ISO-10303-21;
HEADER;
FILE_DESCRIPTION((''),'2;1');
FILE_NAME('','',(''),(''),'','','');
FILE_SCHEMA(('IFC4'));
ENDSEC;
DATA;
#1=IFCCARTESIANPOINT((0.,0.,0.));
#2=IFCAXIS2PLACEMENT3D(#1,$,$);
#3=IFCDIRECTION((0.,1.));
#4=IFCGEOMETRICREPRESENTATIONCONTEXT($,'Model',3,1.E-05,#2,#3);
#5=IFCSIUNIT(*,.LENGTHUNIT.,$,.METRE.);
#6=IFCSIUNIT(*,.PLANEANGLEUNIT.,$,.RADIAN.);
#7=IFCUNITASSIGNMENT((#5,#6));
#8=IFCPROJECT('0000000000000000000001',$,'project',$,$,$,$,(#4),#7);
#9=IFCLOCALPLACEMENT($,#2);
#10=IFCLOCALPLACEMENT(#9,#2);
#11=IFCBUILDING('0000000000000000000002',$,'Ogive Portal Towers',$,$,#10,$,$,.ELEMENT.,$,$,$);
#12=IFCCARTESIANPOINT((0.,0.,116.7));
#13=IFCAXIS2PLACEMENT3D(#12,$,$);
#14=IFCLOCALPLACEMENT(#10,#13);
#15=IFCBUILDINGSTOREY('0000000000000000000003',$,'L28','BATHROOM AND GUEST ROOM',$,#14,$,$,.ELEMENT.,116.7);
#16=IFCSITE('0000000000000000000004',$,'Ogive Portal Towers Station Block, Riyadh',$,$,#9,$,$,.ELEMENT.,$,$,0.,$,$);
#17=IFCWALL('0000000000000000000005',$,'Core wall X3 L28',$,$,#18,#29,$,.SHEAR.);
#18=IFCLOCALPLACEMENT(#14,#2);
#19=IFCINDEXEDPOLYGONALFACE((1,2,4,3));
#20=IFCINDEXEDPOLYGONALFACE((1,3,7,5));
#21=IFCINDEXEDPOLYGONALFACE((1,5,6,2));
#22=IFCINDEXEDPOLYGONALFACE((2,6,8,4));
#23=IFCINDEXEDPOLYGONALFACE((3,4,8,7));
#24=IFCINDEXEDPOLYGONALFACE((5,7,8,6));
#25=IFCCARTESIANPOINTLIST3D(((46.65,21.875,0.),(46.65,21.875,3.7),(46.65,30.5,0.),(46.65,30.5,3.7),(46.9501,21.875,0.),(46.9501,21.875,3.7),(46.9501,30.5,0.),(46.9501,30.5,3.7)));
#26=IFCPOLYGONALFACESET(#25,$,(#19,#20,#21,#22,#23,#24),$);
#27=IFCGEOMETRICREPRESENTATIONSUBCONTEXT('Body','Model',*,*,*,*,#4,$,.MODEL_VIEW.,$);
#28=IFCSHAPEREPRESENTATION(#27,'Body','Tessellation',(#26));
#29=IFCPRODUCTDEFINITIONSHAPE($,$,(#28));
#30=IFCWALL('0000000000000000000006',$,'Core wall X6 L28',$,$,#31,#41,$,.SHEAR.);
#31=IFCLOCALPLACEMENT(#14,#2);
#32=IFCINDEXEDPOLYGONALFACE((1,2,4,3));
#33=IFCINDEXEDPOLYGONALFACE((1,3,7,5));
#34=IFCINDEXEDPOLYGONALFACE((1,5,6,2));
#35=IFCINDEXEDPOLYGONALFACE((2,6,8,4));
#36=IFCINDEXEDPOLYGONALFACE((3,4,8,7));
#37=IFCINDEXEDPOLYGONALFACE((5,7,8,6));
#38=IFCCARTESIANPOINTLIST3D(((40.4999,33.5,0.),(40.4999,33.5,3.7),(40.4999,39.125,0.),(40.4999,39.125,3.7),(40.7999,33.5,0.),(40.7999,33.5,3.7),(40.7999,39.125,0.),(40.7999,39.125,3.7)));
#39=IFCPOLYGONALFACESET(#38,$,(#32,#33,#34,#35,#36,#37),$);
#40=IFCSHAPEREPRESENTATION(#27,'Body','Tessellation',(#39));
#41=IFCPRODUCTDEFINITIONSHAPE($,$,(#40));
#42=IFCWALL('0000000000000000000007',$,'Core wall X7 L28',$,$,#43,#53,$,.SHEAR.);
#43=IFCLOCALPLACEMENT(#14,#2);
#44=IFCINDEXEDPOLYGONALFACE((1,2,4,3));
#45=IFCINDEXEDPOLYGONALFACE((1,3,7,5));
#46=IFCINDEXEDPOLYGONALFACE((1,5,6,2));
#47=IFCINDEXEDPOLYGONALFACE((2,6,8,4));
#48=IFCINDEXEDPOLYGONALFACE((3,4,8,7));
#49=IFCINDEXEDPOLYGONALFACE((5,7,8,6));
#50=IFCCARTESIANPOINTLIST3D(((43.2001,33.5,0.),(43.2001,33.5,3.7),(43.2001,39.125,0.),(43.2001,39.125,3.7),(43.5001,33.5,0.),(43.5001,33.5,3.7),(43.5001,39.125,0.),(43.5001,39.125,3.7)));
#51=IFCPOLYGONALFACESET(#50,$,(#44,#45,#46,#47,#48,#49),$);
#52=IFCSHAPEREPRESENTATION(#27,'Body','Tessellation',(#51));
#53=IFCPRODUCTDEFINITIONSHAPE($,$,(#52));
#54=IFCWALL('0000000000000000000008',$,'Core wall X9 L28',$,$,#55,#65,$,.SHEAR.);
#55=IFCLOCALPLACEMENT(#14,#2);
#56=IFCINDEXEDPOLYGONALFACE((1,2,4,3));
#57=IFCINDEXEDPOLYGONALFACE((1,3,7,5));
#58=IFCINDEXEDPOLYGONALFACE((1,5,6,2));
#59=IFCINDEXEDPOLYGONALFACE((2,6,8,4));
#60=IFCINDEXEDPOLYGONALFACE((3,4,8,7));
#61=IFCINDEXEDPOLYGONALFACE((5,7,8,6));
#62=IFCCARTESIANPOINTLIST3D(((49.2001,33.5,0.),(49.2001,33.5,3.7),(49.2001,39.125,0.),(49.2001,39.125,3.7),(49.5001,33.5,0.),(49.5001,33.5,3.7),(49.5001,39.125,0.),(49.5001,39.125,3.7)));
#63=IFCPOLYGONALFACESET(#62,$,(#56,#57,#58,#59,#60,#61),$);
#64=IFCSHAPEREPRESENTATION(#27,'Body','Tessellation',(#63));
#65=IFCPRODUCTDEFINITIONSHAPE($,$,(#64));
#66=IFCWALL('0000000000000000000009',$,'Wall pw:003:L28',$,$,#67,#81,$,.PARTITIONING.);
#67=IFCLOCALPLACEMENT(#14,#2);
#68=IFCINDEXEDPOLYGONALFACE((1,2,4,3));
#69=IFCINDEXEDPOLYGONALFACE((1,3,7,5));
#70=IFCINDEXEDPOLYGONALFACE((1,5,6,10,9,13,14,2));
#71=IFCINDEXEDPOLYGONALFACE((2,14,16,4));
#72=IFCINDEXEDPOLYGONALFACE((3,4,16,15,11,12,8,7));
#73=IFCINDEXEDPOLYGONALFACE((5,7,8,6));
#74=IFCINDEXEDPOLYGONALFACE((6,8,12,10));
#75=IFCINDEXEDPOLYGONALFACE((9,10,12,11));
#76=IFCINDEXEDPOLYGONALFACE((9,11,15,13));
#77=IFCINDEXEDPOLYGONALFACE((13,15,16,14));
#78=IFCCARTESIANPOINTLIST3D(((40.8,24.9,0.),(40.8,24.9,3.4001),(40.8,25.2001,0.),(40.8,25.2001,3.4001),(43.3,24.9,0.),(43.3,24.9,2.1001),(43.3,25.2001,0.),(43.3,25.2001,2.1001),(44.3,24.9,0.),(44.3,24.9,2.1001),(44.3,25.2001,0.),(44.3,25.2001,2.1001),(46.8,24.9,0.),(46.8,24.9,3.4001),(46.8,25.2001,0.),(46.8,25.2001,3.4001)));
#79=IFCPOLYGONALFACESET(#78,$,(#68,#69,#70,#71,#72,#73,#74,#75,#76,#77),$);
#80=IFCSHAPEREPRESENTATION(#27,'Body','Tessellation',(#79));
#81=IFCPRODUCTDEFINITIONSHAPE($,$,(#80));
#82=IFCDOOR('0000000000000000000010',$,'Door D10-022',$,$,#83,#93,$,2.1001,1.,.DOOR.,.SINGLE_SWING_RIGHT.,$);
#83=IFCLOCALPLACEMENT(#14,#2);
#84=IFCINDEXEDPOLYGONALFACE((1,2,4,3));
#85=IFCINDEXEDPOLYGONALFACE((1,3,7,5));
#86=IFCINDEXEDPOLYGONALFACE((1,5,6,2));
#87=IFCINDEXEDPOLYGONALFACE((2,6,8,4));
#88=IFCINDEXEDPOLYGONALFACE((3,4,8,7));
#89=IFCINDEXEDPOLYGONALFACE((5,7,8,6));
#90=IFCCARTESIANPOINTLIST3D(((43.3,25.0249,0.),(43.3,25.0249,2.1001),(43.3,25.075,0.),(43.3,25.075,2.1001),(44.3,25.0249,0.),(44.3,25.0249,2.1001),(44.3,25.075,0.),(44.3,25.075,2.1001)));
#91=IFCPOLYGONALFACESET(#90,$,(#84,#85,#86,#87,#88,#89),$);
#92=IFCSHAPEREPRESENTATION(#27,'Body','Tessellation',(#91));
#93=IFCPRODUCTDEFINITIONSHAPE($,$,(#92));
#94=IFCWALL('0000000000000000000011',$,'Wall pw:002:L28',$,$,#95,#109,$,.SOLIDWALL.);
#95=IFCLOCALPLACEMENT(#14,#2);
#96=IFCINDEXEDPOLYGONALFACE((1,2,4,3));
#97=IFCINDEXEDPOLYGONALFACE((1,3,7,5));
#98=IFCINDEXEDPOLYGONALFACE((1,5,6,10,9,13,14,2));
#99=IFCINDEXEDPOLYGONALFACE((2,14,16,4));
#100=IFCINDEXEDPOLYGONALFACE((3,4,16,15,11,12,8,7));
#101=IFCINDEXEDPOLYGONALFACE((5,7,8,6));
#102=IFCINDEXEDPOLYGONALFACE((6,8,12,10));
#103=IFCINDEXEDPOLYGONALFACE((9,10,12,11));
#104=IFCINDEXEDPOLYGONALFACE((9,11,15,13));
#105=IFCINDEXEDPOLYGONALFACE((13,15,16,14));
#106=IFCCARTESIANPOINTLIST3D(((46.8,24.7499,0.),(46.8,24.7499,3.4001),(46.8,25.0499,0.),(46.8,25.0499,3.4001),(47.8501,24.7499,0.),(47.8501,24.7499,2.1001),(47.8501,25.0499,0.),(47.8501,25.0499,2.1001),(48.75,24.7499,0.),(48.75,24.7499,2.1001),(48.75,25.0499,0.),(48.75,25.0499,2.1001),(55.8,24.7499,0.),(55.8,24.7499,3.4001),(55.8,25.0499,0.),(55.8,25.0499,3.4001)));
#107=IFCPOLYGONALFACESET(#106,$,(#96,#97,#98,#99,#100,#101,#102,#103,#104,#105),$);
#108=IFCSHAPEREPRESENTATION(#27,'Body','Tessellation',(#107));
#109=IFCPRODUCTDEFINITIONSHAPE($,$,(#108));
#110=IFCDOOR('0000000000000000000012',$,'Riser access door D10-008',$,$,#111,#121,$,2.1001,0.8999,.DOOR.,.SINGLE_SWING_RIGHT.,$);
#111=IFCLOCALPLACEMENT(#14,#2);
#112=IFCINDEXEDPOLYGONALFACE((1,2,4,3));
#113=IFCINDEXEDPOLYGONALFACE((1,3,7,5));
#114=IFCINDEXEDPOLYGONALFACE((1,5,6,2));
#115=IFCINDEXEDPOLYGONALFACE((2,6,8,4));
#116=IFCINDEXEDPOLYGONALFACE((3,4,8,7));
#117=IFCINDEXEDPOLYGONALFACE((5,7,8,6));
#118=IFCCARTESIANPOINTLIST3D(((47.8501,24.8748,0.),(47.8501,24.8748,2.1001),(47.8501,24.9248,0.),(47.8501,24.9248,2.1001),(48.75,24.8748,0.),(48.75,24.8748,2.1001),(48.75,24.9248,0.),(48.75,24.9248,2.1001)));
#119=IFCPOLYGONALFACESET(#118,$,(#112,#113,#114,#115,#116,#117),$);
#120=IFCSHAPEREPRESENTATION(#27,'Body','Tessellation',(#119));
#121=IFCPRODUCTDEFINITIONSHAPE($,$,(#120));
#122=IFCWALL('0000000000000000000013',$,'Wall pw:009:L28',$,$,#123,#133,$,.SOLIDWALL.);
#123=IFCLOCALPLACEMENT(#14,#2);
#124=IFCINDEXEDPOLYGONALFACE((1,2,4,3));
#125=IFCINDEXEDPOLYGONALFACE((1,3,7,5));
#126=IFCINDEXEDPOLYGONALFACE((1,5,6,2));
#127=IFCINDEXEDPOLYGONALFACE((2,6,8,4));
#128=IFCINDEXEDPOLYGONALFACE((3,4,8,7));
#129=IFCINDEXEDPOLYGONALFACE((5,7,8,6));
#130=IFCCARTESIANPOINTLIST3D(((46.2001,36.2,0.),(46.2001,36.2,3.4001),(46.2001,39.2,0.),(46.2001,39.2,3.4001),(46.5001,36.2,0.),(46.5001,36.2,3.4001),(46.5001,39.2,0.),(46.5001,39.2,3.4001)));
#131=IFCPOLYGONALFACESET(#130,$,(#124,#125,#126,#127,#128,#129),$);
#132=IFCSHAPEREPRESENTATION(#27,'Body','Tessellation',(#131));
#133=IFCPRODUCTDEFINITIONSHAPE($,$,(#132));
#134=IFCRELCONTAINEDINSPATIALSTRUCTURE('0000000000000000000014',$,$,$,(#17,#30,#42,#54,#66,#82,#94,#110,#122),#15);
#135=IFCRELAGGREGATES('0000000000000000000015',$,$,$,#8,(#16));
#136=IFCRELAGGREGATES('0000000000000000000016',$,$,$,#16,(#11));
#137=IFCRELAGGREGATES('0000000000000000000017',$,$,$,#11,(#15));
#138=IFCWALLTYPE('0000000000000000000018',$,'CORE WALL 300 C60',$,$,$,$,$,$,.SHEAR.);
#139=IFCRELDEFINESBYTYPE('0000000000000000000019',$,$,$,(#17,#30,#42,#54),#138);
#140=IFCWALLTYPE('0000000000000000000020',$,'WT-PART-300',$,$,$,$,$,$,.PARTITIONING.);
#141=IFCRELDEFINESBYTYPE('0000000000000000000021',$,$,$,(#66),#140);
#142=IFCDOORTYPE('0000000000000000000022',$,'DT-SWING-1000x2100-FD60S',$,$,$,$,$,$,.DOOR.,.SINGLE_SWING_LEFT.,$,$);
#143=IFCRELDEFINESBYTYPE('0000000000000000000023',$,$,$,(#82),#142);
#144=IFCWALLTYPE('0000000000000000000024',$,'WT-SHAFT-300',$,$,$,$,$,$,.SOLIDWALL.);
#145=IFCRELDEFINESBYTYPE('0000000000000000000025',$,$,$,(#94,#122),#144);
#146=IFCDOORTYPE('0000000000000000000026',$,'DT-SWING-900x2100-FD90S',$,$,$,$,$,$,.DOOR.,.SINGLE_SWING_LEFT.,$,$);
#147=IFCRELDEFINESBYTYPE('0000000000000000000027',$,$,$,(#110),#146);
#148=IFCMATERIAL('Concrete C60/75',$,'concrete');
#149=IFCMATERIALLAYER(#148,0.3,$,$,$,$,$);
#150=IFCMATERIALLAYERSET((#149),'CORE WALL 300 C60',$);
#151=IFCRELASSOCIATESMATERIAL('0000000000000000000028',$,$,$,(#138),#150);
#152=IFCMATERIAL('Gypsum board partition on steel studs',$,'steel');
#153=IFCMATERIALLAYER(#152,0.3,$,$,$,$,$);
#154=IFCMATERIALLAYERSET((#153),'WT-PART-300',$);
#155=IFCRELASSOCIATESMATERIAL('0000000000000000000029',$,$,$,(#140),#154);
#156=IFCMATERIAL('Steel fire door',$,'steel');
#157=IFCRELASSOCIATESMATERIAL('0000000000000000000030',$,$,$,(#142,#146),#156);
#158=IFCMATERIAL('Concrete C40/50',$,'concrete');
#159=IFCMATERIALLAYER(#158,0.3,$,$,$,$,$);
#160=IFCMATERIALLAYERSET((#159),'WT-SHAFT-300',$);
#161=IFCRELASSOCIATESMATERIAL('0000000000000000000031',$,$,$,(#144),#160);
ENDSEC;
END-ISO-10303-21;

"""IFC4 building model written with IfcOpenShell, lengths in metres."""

from ifc_helpers import new_model, si_unit, direction, frame, frame_2d, origin, place, context, subcontext, project, spatial, rectangle, extrude, material, layer, layer_set, type_object, element, fill, save


model = new_model("IFC4")

# Units and contexts
model_context = context("Model", 3, precision=1e-05, world=origin(), true_north=direction((0.0, 1.0)))
body_context = subcontext(model_context, "Body", "Model", "MODEL_VIEW")
ifc_project = project(units=[si_unit("LENGTHUNIT", "METRE"), si_unit("PLANEANGLEUNIT", "RADIAN")], contexts=[model_context])

# Site, building, storey
site_placement = place(None, origin())
site = spatial("IfcSite", under=ifc_project, at=site_placement, Name="Ogive Portal Towers Station Block, Riyadh", CompositionType="ELEMENT", RefElevation=0.0)
building_placement = place(site_placement, origin())
building = spatial("IfcBuilding", under=site, at=building_placement, Name="Ogive Portal Towers", CompositionType="ELEMENT")
storey_placement = place(building_placement, frame((0.0, 0.0, 116.7)))
storey = spatial("IfcBuildingStorey", under=building, at=storey_placement, Name="L28", Description="BATHROOM AND GUEST ROOM", CompositionType="ELEMENT", Elevation=116.7)

# Wall
ifc_material_1 = material(Name="Concrete C60/75", Category="concrete")
ifc_layer_1 = layer(ifc_material_1, 0.3)
ifc_layer_set_1 = layer_set([ifc_layer_1], Name="CORE WALL 300 C60")
wall_type_1 = type_object("IfcWallType", Name="CORE WALL 300 C60", PredefinedType="SHEAR", material=ifc_layer_set_1)
wall_1_placement = place(storey_placement, frame((46.8, 21.875, 0.0), z_axis=(0.0, 0.0, 1.0), x_axis=(0.0, 1.0, 0.0)))
element("IfcWall", 1, at=wall_1_placement, inside=storey, type_object=wall_type_1, Name="Core wall X3 L28", PredefinedType="SHEAR", context=body_context, shape_type="SweptSolid", body=[
    extrude(rectangle(XDim=8.625, YDim=0.3, at=frame_2d((4.3125, 0.0))), origin(), (0.0, 0.0, 1.0), 3.7),
])

# Shared definitions
ifc_material_2 = material(Name="Steel fire door", Category="steel")

# Walls
for number, where, z_axis, x_axis, name in (
    (2, (40.6499, 33.5, 0.0), (0.0, 0.0, 1.0), (0.0, 1.0, 0.0), "Core wall X6 L28"),
    (3, (43.3501, 33.5, 0.0), (0.0, 0.0, 1.0), (0.0, 1.0, 0.0), "Core wall X7 L28"),
):
    element("IfcWall", number, at=place(storey_placement, frame(where, z_axis=z_axis, x_axis=x_axis)), inside=storey, type_object=wall_type_1, Name=name, PredefinedType="SHEAR", context=body_context, shape_type="SweptSolid", body=[
        extrude(rectangle(XDim=5.625, YDim=0.3, at=frame_2d((2.8125, 0.0))), origin(), (0.0, 0.0, 1.0), 3.7),
    ])

# Wall
wall_2_placement = place(storey_placement, frame((49.3501, 33.5, 0.0), z_axis=(0.0, 0.0, 1.0), x_axis=(0.0, 1.0, 0.0)))
element("IfcWall", 4, at=wall_2_placement, inside=storey, type_object=wall_type_1, Name="Core wall X9 L28", PredefinedType="SHEAR", context=body_context, shape_type="SweptSolid", body=[
    extrude(rectangle(XDim=5.625, YDim=0.3, at=frame_2d((2.8125, 0.0))), origin(), (0.0, 0.0, 1.0), 3.7),
])

# Walls, openings, doors
ifc_material_3 = material(Name="Gypsum board partition on steel studs", Category="steel")
ifc_layer_2 = layer(ifc_material_3, 0.3)
ifc_layer_set_2 = layer_set([ifc_layer_2], Name="WT-PART-300")
wall_type_2 = type_object("IfcWallType", Name="WT-PART-300", PredefinedType="PARTITIONING", material=ifc_layer_set_2)
wall_3_placement = place(storey_placement, frame((40.8, 25.05, 0.0), z_axis=(0.0, 0.0, 1.0), x_axis=(1.0, 0.0, 0.0)))
wall_3 = element("IfcWall", 5, at=wall_3_placement, inside=storey, type_object=wall_type_2, Name="Wall pw:003:L28", PredefinedType="PARTITIONING", context=body_context, shape_type="SweptSolid", body=[
    extrude(rectangle(XDim=6.0, YDim=0.3, at=frame_2d((3.0, 0.0))), origin(), (0.0, 0.0, 1.0), 3.4001),
])
opening_1_placement = place(wall_3_placement, frame((2.5, 0.0, 0.0)))
opening_1 = element("IfcOpeningElement", 6, at=opening_1_placement, cuts=wall_3, PredefinedType="OPENING", context=body_context, shape_type="SweptSolid", body=[
    extrude(rectangle(XDim=1.0, YDim=2.1001, at=frame_2d((0.5, 1.05))), frame((0.0, 0.1602, 0.0), z_axis=(0.0, -1.0, 0.0), x_axis=(1.0, 0.0, 0.0)), (0.0, 0.0, 1.0), 0.3201),
])
door_type_1 = type_object("IfcDoorType", Name="DT-SWING-1000x2100-FD60S", OperationType="SINGLE_SWING_LEFT", PredefinedType="DOOR", material=ifc_material_2)
door_1_placement = place(opening_1_placement, origin())
door_1 = element("IfcDoor", 7, at=door_1_placement, inside=storey, type_object=door_type_1, Name="Door D10-022", OperationType="SINGLE_SWING_RIGHT", OverallHeight=2.1001, OverallWidth=1.0, PredefinedType="DOOR", context=body_context, shape_type="SweptSolid", body=[
    extrude(rectangle(XDim=1.0, YDim=2.1001, at=frame_2d((0.5, 1.05))), frame((0.0, 0.0249, 0.0), z_axis=(0.0, -1.0, 0.0), x_axis=(1.0, 0.0, 0.0)), (0.0, 0.0, 1.0), 0.05),
])
fill(opening_1, door_1)
ifc_material_4 = material(Name="Concrete C40/50", Category="concrete")
ifc_layer_3 = layer(ifc_material_4, 0.3)
ifc_layer_set_3 = layer_set([ifc_layer_3], Name="WT-SHAFT-300")
wall_type_3 = type_object("IfcWallType", Name="WT-SHAFT-300", PredefinedType="SOLIDWALL", material=ifc_layer_set_3)
wall_4_placement = place(storey_placement, frame((46.8, 24.8999, 0.0), z_axis=(0.0, 0.0, 1.0), x_axis=(1.0, 0.0, 0.0)))
wall_4 = element("IfcWall", 8, at=wall_4_placement, inside=storey, type_object=wall_type_3, Name="Wall pw:002:L28", PredefinedType="SOLIDWALL", context=body_context, shape_type="SweptSolid", body=[
    extrude(rectangle(XDim=9.0, YDim=0.3, at=frame_2d((4.5, 0.0))), origin(), (0.0, 0.0, 1.0), 3.4001),
])
opening_2_placement = place(wall_4_placement, frame((1.05, 0.0, 0.0)))
opening_2 = element("IfcOpeningElement", 9, at=opening_2_placement, cuts=wall_4, PredefinedType="OPENING", context=body_context, shape_type="SweptSolid", body=[
    extrude(rectangle(XDim=0.8999, YDim=2.1001, at=frame_2d((0.45, 1.05))), frame((0.0, 0.1602, 0.0), z_axis=(0.0, -1.0, 0.0), x_axis=(1.0, 0.0, 0.0)), (0.0, 0.0, 1.0), 0.3201),
])
door_type_2 = type_object("IfcDoorType", Name="DT-SWING-900x2100-FD90S", OperationType="SINGLE_SWING_LEFT", PredefinedType="DOOR", material=ifc_material_2)
door_2_placement = place(opening_2_placement, origin())
door_2 = element("IfcDoor", 10, at=door_2_placement, inside=storey, type_object=door_type_2, Name="Riser access door D10-008", OperationType="SINGLE_SWING_RIGHT", OverallHeight=2.1001, OverallWidth=0.8999, PredefinedType="DOOR", context=body_context, shape_type="SweptSolid", body=[
    extrude(rectangle(XDim=0.8999, YDim=2.1001, at=frame_2d((0.45, 1.05))), frame((0.0, 0.0249, 0.0), z_axis=(0.0, -1.0, 0.0), x_axis=(1.0, 0.0, 0.0)), (0.0, 0.0, 1.0), 0.05),
])
fill(opening_2, door_2)

# Wall
wall_5_placement = place(storey_placement, frame((46.3501, 36.2, 0.0), z_axis=(0.0, 0.0, 1.0), x_axis=(0.0, 1.0, 0.0)))
element("IfcWall", 11, at=wall_5_placement, inside=storey, type_object=wall_type_3, Name="Wall pw:009:L28", PredefinedType="SOLIDWALL", context=body_context, shape_type="SweptSolid", body=[
    extrude(rectangle(XDim=3.0, YDim=0.3, at=frame_2d((1.5, 0.0))), origin(), (0.0, 0.0, 1.0), 3.4001),
])

save(model, "model.ifc")
